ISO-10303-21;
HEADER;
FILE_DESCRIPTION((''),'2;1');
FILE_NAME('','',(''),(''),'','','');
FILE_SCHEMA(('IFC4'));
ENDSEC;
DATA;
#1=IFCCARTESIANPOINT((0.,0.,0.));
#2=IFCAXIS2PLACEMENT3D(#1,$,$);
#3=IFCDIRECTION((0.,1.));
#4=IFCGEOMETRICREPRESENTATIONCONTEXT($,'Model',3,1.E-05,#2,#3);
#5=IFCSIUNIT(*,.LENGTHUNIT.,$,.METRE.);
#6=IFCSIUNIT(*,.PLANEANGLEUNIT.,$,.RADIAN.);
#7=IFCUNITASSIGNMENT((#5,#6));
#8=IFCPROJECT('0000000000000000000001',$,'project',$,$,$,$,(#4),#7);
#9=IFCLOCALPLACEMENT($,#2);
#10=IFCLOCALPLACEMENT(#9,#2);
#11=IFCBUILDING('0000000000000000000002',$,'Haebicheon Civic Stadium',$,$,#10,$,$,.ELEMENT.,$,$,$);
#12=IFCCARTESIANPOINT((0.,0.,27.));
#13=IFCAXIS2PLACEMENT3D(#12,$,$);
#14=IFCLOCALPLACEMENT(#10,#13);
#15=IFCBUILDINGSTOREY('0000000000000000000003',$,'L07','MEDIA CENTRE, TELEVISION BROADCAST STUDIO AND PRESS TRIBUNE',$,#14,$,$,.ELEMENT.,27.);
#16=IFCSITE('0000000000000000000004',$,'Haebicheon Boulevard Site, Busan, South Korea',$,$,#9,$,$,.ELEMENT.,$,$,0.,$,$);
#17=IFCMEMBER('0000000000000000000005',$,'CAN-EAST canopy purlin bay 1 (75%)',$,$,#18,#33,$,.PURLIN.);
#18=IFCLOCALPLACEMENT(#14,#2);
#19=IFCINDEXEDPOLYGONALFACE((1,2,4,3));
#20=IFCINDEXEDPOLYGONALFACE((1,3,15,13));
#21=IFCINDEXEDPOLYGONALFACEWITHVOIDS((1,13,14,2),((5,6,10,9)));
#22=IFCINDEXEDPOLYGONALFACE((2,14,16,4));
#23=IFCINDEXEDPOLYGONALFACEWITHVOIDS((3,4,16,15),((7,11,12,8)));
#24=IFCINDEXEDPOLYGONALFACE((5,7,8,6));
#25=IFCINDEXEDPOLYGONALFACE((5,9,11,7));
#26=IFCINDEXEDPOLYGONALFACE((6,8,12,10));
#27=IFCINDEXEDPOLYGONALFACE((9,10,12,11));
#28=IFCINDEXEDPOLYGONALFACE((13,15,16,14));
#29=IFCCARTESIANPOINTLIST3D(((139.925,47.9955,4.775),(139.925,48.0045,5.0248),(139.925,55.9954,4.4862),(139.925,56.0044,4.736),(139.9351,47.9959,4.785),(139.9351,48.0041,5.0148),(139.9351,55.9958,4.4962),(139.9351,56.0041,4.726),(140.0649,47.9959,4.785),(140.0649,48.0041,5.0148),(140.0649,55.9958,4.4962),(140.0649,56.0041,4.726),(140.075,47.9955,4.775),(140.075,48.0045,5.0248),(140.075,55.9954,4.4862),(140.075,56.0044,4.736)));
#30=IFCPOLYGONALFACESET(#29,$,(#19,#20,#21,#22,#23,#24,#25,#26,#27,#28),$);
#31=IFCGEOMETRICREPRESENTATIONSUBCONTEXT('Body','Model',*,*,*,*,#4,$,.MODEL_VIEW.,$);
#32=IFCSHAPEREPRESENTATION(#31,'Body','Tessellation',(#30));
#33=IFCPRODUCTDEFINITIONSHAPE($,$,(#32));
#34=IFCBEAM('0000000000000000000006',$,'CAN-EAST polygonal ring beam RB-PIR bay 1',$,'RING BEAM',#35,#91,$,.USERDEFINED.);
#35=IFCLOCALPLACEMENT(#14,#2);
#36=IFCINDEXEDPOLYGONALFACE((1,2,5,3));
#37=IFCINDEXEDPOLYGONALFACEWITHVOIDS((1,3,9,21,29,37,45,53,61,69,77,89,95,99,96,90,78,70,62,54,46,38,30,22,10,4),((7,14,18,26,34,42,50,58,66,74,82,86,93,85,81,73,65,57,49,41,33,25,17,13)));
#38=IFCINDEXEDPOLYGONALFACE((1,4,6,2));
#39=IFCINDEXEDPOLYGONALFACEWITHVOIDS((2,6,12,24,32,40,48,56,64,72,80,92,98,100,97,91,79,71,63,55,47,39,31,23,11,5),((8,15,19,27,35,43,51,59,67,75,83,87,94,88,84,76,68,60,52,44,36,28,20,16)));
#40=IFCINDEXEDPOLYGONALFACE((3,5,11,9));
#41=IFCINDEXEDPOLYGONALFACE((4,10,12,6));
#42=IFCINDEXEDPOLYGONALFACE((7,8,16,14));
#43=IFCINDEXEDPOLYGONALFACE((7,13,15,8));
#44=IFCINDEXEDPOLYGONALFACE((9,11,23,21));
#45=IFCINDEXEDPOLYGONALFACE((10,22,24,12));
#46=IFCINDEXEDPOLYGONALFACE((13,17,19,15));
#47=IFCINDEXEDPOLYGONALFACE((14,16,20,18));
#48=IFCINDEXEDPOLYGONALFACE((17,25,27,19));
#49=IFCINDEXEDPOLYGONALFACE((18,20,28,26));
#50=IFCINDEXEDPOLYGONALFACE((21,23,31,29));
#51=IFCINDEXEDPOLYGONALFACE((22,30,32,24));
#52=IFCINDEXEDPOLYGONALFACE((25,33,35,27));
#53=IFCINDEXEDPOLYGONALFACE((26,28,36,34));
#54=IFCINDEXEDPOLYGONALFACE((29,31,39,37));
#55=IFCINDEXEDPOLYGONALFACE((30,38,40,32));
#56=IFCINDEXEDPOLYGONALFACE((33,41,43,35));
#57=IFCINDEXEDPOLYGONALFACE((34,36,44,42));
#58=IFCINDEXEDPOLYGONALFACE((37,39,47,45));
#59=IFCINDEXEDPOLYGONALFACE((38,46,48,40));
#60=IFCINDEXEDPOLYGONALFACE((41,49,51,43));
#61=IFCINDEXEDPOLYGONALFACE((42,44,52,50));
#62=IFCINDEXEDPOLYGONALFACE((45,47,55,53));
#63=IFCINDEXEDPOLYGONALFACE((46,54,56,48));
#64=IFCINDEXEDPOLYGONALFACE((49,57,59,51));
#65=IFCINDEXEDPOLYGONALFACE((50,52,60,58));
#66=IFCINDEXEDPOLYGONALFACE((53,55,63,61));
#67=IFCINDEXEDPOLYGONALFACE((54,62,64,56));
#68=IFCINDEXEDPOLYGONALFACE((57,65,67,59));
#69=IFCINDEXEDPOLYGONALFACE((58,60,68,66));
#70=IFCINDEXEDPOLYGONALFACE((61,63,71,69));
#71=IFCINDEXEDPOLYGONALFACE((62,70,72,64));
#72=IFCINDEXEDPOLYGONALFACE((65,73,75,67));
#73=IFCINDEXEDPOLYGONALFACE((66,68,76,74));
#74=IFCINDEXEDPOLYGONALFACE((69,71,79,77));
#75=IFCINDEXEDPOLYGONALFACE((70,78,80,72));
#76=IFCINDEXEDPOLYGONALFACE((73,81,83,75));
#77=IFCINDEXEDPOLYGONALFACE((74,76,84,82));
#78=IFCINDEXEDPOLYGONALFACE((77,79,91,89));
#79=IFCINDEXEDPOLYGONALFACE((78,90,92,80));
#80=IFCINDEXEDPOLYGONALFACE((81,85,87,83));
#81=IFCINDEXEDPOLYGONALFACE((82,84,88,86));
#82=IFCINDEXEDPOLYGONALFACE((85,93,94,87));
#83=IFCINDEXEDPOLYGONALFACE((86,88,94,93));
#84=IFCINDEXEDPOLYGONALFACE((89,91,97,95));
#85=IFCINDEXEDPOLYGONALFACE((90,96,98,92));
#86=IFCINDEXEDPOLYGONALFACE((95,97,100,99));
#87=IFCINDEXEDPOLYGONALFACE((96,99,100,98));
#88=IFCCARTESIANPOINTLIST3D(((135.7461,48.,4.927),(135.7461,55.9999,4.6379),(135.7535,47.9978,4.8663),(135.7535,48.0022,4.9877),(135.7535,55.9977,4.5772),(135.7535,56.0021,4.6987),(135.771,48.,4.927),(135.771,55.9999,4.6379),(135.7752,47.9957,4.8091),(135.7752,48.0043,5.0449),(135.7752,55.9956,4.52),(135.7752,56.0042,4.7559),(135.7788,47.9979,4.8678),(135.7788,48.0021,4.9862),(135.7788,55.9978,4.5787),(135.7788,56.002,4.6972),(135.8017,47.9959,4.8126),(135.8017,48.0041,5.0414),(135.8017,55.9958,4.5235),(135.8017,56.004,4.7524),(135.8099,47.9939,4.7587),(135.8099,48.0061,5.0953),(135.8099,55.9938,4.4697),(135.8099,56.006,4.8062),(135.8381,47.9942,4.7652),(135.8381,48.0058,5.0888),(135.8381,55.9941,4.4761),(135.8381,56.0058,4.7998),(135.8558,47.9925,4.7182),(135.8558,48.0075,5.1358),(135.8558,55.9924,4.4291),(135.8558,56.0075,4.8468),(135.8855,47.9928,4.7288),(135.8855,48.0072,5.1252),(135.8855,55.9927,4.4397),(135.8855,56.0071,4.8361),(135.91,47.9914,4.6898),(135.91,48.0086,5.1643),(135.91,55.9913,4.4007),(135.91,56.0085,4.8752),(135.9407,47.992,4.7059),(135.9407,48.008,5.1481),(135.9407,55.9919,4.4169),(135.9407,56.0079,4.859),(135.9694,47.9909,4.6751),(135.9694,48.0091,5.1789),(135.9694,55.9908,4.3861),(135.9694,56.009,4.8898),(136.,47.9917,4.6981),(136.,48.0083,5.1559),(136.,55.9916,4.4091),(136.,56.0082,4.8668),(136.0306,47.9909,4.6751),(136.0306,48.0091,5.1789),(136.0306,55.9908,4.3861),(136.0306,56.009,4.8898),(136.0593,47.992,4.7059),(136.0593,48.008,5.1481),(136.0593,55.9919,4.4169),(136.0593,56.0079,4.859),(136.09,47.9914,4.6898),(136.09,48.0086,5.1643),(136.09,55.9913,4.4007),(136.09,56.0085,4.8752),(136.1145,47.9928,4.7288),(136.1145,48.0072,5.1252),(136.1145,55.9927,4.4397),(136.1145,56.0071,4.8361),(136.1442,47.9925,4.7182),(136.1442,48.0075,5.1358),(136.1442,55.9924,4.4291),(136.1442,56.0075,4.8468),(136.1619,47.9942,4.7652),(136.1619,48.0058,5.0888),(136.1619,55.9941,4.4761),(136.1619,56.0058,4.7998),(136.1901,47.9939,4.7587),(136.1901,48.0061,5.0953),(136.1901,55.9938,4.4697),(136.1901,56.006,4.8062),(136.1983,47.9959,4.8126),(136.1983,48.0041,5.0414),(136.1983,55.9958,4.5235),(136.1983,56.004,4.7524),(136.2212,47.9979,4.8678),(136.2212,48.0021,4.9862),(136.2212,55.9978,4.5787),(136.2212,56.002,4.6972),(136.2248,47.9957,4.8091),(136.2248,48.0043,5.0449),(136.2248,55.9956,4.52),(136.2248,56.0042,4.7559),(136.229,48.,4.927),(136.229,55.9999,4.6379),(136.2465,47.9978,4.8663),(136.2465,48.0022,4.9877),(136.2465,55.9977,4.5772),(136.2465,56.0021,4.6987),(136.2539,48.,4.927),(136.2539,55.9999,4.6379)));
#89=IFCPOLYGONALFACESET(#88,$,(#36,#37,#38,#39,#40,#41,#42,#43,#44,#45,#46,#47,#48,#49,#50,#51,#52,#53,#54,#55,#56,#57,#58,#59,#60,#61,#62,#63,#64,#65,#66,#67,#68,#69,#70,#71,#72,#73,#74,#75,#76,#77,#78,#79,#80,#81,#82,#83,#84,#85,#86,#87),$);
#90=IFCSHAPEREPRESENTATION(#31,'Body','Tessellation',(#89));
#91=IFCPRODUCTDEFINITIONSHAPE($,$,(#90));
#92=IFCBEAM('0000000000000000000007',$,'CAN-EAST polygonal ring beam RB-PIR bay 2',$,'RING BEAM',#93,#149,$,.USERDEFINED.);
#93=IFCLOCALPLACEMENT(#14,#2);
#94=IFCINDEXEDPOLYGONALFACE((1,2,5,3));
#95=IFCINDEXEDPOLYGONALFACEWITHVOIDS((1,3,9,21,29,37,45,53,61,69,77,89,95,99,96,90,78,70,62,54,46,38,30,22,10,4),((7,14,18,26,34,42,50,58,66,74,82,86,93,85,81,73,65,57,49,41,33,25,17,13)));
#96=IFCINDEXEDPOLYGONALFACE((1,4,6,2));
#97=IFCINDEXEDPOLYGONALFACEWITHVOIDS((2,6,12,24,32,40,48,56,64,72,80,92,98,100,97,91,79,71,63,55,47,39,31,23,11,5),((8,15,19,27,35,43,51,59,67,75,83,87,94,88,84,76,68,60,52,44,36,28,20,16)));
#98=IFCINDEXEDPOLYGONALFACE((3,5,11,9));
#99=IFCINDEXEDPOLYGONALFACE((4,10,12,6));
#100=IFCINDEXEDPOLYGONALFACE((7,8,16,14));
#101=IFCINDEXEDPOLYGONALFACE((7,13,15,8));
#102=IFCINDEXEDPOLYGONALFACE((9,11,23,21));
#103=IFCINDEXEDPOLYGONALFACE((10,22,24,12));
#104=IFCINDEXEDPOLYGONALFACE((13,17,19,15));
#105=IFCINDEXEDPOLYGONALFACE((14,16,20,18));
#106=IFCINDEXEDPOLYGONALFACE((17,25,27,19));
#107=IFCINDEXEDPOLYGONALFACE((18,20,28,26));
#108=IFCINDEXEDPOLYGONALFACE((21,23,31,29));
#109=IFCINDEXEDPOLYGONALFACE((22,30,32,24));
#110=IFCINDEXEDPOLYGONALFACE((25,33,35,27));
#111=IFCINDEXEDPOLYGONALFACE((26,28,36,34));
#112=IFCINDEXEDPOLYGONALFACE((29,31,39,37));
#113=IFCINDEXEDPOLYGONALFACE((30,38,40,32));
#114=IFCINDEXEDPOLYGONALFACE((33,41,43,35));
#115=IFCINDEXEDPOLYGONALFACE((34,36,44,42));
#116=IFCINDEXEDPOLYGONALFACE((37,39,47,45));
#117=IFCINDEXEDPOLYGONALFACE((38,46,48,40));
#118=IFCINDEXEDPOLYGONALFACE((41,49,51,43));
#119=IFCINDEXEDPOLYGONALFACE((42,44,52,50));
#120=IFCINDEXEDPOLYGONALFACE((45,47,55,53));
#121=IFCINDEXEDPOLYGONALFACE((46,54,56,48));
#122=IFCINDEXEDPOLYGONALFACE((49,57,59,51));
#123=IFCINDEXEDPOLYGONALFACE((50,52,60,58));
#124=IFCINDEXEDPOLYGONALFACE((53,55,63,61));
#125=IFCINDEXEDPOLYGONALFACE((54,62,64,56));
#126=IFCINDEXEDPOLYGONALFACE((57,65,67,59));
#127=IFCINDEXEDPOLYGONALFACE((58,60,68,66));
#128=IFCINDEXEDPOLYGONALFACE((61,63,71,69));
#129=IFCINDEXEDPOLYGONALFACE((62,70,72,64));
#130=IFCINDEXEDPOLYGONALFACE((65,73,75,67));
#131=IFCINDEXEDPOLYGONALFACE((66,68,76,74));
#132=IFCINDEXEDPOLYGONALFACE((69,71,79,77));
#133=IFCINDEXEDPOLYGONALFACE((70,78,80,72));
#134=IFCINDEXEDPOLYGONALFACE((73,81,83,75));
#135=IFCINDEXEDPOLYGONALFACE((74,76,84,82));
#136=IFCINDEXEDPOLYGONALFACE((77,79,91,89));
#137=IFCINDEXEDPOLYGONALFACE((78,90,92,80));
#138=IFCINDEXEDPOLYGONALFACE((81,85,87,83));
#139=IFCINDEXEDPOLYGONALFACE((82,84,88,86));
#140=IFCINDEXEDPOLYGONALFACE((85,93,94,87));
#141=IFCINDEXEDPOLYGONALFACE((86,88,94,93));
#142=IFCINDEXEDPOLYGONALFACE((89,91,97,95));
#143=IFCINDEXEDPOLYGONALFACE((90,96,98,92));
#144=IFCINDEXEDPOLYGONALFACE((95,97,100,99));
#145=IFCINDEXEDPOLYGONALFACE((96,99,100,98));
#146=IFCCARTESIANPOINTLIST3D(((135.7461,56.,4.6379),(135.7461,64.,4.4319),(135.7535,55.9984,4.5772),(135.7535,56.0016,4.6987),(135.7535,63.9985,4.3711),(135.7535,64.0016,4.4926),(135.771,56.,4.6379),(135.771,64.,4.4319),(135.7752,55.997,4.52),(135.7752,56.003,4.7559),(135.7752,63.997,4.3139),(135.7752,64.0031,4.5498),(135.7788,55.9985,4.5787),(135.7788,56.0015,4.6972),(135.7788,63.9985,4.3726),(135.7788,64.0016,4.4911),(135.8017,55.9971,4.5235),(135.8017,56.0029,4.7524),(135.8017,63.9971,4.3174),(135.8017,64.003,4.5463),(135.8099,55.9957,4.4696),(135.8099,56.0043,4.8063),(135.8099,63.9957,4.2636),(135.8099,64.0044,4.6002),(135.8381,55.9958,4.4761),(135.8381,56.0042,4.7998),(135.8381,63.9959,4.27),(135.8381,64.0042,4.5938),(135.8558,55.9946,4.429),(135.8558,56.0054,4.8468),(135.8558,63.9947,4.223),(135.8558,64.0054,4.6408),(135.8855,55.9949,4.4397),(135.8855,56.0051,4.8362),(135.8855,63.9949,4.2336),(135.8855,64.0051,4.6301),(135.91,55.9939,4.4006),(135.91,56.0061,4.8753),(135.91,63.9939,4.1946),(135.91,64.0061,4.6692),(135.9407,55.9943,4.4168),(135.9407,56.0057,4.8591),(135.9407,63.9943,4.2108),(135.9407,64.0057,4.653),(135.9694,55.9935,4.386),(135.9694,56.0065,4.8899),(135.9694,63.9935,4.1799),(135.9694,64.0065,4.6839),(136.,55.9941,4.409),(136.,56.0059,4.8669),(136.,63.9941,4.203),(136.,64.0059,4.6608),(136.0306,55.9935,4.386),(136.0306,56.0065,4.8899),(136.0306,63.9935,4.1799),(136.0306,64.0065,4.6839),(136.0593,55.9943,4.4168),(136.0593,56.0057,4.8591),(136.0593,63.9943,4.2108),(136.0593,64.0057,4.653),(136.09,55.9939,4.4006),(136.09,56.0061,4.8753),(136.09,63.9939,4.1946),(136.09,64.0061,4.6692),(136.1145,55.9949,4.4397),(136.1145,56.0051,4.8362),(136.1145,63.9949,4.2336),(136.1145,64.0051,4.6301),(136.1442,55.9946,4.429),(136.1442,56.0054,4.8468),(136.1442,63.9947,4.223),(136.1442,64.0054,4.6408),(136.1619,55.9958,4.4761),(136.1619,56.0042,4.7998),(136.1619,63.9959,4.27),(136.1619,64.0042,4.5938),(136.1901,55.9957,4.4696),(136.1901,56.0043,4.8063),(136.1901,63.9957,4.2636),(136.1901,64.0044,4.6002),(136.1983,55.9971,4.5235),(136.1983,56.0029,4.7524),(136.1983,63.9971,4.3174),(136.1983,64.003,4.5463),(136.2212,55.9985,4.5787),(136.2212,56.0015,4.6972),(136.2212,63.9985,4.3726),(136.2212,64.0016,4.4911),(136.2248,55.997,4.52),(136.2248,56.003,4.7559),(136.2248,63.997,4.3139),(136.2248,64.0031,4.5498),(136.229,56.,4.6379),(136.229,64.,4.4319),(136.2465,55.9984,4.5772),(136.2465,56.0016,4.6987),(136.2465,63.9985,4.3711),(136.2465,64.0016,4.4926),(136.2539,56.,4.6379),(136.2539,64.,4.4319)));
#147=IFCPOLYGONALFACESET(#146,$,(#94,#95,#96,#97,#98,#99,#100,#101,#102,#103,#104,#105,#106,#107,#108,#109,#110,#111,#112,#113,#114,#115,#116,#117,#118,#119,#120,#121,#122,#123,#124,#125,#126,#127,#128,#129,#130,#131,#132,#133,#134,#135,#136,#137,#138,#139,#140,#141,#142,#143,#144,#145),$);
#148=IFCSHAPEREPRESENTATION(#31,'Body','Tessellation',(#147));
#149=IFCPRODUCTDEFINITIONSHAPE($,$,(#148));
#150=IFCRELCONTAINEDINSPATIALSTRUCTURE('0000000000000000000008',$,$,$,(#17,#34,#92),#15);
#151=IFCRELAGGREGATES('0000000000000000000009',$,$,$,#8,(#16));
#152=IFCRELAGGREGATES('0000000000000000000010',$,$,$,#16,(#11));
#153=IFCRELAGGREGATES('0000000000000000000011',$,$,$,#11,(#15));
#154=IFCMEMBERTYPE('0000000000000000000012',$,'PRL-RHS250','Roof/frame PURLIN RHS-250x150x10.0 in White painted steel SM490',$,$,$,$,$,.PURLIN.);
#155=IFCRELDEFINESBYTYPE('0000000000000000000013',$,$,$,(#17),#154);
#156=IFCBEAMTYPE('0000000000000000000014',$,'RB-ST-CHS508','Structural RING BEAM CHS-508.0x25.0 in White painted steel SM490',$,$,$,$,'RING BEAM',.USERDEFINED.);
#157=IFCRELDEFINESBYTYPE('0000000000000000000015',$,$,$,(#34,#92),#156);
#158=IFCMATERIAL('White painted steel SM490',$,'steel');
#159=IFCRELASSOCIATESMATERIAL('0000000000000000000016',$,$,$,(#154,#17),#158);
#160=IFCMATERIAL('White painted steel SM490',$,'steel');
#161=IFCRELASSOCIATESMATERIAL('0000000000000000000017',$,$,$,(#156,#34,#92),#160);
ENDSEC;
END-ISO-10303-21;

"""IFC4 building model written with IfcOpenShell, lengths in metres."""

from ifc_helpers import new_model, si_unit, direction, frame, origin, origin_2d, place, context, subcontext, project, spatial, hollow_rectangle, hollow_circle, extrude, material, material_profile, profile_set, type_object, element, save


model = new_model("IFC4")

# Units and contexts
model_context = context("Model", 3, precision=1e-05, world=origin(), true_north=direction((0.0, 1.0)))
body_context = subcontext(model_context, "Body", "Model", "MODEL_VIEW")
ifc_project = project(units=[si_unit("LENGTHUNIT", "METRE"), si_unit("PLANEANGLEUNIT", "RADIAN")], contexts=[model_context])

# Site, building, storey
site_placement = place(None, origin())
site = spatial("IfcSite", under=ifc_project, at=site_placement, Name="Haebicheon Boulevard Site, Busan, South Korea", CompositionType="ELEMENT", RefElevation=0.0)
building_placement = place(site_placement, origin())
building = spatial("IfcBuilding", under=site, at=building_placement, Name="Haebicheon Civic Stadium", CompositionType="ELEMENT")
storey_placement = place(building_placement, frame((0.0, 0.0, 27.0)))
storey = spatial("IfcBuildingStorey", under=building, at=storey_placement, Name="L07", Description="MEDIA CENTRE, TELEVISION BROADCAST STUDIO AND PRESS TRIBUNE", CompositionType="ELEMENT", Elevation=27.0)

# Member
ifc_material_1 = material(Name="White painted steel SM490", Category="steel")
ifc_material_profile_1 = material_profile(ifc_material_1, hollow_rectangle(XDim=0.1499, YDim=0.25, WallThickness=0.01, at=origin_2d()), Name="RHS-250x150x10.0")
ifc_profile_set_1 = profile_set([ifc_material_profile_1], Name="White painted steel SM490")
member_type_1 = type_object("IfcMemberType", Name="PRL-RHS250", Description="Roof/frame PURLIN RHS-250x150x10.0 in White painted steel SM490", PredefinedType="PURLIN", material=ifc_profile_set_1)
member_1_placement = place(storey_placement, frame((140.0, 48.0, 4.8999), z_axis=(0.0, 0.999349, -0.036079), x_axis=(-1.0, 0.0, 0.0)))
element("IfcMember", 1, at=member_1_placement, inside=storey, type_object=member_type_1, material=ifc_profile_set_1, Name="CAN-EAST canopy purlin bay 1 (75%)", PredefinedType="PURLIN", context=body_context, shape_type="SweptSolid", body=[
    extrude(hollow_rectangle(XDim=0.1499, YDim=0.25, WallThickness=0.01, at=origin_2d()), origin(), (0.0, 0.0, 1.0), 8.0051),
])

# Beams
ifc_material_2 = material(Name="White painted steel SM490", Category="steel")
ifc_material_profile_2 = material_profile(ifc_material_2, hollow_circle(Radius=0.2539, WallThickness=0.0249, at=origin_2d()), Name="CHS-508.0x25.0")
ifc_profile_set_2 = profile_set([ifc_material_profile_2], Name="White painted steel SM490")
beam_type = type_object("IfcBeamType", Name="RB-ST-CHS508", Description="Structural RING BEAM CHS-508.0x25.0 in White painted steel SM490", ElementType="RING BEAM", PredefinedType="USERDEFINED", material=ifc_profile_set_2)
beam_1_placement = place(storey_placement, frame((136.0, 48.0, 4.927), z_axis=(0.0, 0.999348, -0.036109), x_axis=(-1.0, 0.0, 0.0)))
element("IfcBeam", 2, at=beam_1_placement, inside=storey, type_object=beam_type, material=ifc_profile_set_2, Name="CAN-EAST polygonal ring beam RB-PIR bay 1", ObjectType="RING BEAM", PredefinedType="USERDEFINED", context=body_context, shape_type="SweptSolid", body=[
    extrude(hollow_circle(Radius=0.2539, WallThickness=0.0249, at=origin_2d()), origin(), (0.0, 0.0, 1.0), 8.0051),
])
beam_2_placement = place(storey_placement, frame((136.0, 56.0, 4.6379), z_axis=(0.0, 0.999668, -0.025748), x_axis=(-1.0, 0.0, 0.0)))
element("IfcBeam", 3, at=beam_2_placement, inside=storey, type_object=beam_type, material=ifc_profile_set_2, Name="CAN-EAST polygonal ring beam RB-PIR bay 2", ObjectType="RING BEAM", PredefinedType="USERDEFINED", context=body_context, shape_type="SweptSolid", body=[
    extrude(hollow_circle(Radius=0.2539, WallThickness=0.0249, at=origin_2d()), origin(), (0.0, 0.0, 1.0), 8.0027),
])

save(model, "model.ifc")
